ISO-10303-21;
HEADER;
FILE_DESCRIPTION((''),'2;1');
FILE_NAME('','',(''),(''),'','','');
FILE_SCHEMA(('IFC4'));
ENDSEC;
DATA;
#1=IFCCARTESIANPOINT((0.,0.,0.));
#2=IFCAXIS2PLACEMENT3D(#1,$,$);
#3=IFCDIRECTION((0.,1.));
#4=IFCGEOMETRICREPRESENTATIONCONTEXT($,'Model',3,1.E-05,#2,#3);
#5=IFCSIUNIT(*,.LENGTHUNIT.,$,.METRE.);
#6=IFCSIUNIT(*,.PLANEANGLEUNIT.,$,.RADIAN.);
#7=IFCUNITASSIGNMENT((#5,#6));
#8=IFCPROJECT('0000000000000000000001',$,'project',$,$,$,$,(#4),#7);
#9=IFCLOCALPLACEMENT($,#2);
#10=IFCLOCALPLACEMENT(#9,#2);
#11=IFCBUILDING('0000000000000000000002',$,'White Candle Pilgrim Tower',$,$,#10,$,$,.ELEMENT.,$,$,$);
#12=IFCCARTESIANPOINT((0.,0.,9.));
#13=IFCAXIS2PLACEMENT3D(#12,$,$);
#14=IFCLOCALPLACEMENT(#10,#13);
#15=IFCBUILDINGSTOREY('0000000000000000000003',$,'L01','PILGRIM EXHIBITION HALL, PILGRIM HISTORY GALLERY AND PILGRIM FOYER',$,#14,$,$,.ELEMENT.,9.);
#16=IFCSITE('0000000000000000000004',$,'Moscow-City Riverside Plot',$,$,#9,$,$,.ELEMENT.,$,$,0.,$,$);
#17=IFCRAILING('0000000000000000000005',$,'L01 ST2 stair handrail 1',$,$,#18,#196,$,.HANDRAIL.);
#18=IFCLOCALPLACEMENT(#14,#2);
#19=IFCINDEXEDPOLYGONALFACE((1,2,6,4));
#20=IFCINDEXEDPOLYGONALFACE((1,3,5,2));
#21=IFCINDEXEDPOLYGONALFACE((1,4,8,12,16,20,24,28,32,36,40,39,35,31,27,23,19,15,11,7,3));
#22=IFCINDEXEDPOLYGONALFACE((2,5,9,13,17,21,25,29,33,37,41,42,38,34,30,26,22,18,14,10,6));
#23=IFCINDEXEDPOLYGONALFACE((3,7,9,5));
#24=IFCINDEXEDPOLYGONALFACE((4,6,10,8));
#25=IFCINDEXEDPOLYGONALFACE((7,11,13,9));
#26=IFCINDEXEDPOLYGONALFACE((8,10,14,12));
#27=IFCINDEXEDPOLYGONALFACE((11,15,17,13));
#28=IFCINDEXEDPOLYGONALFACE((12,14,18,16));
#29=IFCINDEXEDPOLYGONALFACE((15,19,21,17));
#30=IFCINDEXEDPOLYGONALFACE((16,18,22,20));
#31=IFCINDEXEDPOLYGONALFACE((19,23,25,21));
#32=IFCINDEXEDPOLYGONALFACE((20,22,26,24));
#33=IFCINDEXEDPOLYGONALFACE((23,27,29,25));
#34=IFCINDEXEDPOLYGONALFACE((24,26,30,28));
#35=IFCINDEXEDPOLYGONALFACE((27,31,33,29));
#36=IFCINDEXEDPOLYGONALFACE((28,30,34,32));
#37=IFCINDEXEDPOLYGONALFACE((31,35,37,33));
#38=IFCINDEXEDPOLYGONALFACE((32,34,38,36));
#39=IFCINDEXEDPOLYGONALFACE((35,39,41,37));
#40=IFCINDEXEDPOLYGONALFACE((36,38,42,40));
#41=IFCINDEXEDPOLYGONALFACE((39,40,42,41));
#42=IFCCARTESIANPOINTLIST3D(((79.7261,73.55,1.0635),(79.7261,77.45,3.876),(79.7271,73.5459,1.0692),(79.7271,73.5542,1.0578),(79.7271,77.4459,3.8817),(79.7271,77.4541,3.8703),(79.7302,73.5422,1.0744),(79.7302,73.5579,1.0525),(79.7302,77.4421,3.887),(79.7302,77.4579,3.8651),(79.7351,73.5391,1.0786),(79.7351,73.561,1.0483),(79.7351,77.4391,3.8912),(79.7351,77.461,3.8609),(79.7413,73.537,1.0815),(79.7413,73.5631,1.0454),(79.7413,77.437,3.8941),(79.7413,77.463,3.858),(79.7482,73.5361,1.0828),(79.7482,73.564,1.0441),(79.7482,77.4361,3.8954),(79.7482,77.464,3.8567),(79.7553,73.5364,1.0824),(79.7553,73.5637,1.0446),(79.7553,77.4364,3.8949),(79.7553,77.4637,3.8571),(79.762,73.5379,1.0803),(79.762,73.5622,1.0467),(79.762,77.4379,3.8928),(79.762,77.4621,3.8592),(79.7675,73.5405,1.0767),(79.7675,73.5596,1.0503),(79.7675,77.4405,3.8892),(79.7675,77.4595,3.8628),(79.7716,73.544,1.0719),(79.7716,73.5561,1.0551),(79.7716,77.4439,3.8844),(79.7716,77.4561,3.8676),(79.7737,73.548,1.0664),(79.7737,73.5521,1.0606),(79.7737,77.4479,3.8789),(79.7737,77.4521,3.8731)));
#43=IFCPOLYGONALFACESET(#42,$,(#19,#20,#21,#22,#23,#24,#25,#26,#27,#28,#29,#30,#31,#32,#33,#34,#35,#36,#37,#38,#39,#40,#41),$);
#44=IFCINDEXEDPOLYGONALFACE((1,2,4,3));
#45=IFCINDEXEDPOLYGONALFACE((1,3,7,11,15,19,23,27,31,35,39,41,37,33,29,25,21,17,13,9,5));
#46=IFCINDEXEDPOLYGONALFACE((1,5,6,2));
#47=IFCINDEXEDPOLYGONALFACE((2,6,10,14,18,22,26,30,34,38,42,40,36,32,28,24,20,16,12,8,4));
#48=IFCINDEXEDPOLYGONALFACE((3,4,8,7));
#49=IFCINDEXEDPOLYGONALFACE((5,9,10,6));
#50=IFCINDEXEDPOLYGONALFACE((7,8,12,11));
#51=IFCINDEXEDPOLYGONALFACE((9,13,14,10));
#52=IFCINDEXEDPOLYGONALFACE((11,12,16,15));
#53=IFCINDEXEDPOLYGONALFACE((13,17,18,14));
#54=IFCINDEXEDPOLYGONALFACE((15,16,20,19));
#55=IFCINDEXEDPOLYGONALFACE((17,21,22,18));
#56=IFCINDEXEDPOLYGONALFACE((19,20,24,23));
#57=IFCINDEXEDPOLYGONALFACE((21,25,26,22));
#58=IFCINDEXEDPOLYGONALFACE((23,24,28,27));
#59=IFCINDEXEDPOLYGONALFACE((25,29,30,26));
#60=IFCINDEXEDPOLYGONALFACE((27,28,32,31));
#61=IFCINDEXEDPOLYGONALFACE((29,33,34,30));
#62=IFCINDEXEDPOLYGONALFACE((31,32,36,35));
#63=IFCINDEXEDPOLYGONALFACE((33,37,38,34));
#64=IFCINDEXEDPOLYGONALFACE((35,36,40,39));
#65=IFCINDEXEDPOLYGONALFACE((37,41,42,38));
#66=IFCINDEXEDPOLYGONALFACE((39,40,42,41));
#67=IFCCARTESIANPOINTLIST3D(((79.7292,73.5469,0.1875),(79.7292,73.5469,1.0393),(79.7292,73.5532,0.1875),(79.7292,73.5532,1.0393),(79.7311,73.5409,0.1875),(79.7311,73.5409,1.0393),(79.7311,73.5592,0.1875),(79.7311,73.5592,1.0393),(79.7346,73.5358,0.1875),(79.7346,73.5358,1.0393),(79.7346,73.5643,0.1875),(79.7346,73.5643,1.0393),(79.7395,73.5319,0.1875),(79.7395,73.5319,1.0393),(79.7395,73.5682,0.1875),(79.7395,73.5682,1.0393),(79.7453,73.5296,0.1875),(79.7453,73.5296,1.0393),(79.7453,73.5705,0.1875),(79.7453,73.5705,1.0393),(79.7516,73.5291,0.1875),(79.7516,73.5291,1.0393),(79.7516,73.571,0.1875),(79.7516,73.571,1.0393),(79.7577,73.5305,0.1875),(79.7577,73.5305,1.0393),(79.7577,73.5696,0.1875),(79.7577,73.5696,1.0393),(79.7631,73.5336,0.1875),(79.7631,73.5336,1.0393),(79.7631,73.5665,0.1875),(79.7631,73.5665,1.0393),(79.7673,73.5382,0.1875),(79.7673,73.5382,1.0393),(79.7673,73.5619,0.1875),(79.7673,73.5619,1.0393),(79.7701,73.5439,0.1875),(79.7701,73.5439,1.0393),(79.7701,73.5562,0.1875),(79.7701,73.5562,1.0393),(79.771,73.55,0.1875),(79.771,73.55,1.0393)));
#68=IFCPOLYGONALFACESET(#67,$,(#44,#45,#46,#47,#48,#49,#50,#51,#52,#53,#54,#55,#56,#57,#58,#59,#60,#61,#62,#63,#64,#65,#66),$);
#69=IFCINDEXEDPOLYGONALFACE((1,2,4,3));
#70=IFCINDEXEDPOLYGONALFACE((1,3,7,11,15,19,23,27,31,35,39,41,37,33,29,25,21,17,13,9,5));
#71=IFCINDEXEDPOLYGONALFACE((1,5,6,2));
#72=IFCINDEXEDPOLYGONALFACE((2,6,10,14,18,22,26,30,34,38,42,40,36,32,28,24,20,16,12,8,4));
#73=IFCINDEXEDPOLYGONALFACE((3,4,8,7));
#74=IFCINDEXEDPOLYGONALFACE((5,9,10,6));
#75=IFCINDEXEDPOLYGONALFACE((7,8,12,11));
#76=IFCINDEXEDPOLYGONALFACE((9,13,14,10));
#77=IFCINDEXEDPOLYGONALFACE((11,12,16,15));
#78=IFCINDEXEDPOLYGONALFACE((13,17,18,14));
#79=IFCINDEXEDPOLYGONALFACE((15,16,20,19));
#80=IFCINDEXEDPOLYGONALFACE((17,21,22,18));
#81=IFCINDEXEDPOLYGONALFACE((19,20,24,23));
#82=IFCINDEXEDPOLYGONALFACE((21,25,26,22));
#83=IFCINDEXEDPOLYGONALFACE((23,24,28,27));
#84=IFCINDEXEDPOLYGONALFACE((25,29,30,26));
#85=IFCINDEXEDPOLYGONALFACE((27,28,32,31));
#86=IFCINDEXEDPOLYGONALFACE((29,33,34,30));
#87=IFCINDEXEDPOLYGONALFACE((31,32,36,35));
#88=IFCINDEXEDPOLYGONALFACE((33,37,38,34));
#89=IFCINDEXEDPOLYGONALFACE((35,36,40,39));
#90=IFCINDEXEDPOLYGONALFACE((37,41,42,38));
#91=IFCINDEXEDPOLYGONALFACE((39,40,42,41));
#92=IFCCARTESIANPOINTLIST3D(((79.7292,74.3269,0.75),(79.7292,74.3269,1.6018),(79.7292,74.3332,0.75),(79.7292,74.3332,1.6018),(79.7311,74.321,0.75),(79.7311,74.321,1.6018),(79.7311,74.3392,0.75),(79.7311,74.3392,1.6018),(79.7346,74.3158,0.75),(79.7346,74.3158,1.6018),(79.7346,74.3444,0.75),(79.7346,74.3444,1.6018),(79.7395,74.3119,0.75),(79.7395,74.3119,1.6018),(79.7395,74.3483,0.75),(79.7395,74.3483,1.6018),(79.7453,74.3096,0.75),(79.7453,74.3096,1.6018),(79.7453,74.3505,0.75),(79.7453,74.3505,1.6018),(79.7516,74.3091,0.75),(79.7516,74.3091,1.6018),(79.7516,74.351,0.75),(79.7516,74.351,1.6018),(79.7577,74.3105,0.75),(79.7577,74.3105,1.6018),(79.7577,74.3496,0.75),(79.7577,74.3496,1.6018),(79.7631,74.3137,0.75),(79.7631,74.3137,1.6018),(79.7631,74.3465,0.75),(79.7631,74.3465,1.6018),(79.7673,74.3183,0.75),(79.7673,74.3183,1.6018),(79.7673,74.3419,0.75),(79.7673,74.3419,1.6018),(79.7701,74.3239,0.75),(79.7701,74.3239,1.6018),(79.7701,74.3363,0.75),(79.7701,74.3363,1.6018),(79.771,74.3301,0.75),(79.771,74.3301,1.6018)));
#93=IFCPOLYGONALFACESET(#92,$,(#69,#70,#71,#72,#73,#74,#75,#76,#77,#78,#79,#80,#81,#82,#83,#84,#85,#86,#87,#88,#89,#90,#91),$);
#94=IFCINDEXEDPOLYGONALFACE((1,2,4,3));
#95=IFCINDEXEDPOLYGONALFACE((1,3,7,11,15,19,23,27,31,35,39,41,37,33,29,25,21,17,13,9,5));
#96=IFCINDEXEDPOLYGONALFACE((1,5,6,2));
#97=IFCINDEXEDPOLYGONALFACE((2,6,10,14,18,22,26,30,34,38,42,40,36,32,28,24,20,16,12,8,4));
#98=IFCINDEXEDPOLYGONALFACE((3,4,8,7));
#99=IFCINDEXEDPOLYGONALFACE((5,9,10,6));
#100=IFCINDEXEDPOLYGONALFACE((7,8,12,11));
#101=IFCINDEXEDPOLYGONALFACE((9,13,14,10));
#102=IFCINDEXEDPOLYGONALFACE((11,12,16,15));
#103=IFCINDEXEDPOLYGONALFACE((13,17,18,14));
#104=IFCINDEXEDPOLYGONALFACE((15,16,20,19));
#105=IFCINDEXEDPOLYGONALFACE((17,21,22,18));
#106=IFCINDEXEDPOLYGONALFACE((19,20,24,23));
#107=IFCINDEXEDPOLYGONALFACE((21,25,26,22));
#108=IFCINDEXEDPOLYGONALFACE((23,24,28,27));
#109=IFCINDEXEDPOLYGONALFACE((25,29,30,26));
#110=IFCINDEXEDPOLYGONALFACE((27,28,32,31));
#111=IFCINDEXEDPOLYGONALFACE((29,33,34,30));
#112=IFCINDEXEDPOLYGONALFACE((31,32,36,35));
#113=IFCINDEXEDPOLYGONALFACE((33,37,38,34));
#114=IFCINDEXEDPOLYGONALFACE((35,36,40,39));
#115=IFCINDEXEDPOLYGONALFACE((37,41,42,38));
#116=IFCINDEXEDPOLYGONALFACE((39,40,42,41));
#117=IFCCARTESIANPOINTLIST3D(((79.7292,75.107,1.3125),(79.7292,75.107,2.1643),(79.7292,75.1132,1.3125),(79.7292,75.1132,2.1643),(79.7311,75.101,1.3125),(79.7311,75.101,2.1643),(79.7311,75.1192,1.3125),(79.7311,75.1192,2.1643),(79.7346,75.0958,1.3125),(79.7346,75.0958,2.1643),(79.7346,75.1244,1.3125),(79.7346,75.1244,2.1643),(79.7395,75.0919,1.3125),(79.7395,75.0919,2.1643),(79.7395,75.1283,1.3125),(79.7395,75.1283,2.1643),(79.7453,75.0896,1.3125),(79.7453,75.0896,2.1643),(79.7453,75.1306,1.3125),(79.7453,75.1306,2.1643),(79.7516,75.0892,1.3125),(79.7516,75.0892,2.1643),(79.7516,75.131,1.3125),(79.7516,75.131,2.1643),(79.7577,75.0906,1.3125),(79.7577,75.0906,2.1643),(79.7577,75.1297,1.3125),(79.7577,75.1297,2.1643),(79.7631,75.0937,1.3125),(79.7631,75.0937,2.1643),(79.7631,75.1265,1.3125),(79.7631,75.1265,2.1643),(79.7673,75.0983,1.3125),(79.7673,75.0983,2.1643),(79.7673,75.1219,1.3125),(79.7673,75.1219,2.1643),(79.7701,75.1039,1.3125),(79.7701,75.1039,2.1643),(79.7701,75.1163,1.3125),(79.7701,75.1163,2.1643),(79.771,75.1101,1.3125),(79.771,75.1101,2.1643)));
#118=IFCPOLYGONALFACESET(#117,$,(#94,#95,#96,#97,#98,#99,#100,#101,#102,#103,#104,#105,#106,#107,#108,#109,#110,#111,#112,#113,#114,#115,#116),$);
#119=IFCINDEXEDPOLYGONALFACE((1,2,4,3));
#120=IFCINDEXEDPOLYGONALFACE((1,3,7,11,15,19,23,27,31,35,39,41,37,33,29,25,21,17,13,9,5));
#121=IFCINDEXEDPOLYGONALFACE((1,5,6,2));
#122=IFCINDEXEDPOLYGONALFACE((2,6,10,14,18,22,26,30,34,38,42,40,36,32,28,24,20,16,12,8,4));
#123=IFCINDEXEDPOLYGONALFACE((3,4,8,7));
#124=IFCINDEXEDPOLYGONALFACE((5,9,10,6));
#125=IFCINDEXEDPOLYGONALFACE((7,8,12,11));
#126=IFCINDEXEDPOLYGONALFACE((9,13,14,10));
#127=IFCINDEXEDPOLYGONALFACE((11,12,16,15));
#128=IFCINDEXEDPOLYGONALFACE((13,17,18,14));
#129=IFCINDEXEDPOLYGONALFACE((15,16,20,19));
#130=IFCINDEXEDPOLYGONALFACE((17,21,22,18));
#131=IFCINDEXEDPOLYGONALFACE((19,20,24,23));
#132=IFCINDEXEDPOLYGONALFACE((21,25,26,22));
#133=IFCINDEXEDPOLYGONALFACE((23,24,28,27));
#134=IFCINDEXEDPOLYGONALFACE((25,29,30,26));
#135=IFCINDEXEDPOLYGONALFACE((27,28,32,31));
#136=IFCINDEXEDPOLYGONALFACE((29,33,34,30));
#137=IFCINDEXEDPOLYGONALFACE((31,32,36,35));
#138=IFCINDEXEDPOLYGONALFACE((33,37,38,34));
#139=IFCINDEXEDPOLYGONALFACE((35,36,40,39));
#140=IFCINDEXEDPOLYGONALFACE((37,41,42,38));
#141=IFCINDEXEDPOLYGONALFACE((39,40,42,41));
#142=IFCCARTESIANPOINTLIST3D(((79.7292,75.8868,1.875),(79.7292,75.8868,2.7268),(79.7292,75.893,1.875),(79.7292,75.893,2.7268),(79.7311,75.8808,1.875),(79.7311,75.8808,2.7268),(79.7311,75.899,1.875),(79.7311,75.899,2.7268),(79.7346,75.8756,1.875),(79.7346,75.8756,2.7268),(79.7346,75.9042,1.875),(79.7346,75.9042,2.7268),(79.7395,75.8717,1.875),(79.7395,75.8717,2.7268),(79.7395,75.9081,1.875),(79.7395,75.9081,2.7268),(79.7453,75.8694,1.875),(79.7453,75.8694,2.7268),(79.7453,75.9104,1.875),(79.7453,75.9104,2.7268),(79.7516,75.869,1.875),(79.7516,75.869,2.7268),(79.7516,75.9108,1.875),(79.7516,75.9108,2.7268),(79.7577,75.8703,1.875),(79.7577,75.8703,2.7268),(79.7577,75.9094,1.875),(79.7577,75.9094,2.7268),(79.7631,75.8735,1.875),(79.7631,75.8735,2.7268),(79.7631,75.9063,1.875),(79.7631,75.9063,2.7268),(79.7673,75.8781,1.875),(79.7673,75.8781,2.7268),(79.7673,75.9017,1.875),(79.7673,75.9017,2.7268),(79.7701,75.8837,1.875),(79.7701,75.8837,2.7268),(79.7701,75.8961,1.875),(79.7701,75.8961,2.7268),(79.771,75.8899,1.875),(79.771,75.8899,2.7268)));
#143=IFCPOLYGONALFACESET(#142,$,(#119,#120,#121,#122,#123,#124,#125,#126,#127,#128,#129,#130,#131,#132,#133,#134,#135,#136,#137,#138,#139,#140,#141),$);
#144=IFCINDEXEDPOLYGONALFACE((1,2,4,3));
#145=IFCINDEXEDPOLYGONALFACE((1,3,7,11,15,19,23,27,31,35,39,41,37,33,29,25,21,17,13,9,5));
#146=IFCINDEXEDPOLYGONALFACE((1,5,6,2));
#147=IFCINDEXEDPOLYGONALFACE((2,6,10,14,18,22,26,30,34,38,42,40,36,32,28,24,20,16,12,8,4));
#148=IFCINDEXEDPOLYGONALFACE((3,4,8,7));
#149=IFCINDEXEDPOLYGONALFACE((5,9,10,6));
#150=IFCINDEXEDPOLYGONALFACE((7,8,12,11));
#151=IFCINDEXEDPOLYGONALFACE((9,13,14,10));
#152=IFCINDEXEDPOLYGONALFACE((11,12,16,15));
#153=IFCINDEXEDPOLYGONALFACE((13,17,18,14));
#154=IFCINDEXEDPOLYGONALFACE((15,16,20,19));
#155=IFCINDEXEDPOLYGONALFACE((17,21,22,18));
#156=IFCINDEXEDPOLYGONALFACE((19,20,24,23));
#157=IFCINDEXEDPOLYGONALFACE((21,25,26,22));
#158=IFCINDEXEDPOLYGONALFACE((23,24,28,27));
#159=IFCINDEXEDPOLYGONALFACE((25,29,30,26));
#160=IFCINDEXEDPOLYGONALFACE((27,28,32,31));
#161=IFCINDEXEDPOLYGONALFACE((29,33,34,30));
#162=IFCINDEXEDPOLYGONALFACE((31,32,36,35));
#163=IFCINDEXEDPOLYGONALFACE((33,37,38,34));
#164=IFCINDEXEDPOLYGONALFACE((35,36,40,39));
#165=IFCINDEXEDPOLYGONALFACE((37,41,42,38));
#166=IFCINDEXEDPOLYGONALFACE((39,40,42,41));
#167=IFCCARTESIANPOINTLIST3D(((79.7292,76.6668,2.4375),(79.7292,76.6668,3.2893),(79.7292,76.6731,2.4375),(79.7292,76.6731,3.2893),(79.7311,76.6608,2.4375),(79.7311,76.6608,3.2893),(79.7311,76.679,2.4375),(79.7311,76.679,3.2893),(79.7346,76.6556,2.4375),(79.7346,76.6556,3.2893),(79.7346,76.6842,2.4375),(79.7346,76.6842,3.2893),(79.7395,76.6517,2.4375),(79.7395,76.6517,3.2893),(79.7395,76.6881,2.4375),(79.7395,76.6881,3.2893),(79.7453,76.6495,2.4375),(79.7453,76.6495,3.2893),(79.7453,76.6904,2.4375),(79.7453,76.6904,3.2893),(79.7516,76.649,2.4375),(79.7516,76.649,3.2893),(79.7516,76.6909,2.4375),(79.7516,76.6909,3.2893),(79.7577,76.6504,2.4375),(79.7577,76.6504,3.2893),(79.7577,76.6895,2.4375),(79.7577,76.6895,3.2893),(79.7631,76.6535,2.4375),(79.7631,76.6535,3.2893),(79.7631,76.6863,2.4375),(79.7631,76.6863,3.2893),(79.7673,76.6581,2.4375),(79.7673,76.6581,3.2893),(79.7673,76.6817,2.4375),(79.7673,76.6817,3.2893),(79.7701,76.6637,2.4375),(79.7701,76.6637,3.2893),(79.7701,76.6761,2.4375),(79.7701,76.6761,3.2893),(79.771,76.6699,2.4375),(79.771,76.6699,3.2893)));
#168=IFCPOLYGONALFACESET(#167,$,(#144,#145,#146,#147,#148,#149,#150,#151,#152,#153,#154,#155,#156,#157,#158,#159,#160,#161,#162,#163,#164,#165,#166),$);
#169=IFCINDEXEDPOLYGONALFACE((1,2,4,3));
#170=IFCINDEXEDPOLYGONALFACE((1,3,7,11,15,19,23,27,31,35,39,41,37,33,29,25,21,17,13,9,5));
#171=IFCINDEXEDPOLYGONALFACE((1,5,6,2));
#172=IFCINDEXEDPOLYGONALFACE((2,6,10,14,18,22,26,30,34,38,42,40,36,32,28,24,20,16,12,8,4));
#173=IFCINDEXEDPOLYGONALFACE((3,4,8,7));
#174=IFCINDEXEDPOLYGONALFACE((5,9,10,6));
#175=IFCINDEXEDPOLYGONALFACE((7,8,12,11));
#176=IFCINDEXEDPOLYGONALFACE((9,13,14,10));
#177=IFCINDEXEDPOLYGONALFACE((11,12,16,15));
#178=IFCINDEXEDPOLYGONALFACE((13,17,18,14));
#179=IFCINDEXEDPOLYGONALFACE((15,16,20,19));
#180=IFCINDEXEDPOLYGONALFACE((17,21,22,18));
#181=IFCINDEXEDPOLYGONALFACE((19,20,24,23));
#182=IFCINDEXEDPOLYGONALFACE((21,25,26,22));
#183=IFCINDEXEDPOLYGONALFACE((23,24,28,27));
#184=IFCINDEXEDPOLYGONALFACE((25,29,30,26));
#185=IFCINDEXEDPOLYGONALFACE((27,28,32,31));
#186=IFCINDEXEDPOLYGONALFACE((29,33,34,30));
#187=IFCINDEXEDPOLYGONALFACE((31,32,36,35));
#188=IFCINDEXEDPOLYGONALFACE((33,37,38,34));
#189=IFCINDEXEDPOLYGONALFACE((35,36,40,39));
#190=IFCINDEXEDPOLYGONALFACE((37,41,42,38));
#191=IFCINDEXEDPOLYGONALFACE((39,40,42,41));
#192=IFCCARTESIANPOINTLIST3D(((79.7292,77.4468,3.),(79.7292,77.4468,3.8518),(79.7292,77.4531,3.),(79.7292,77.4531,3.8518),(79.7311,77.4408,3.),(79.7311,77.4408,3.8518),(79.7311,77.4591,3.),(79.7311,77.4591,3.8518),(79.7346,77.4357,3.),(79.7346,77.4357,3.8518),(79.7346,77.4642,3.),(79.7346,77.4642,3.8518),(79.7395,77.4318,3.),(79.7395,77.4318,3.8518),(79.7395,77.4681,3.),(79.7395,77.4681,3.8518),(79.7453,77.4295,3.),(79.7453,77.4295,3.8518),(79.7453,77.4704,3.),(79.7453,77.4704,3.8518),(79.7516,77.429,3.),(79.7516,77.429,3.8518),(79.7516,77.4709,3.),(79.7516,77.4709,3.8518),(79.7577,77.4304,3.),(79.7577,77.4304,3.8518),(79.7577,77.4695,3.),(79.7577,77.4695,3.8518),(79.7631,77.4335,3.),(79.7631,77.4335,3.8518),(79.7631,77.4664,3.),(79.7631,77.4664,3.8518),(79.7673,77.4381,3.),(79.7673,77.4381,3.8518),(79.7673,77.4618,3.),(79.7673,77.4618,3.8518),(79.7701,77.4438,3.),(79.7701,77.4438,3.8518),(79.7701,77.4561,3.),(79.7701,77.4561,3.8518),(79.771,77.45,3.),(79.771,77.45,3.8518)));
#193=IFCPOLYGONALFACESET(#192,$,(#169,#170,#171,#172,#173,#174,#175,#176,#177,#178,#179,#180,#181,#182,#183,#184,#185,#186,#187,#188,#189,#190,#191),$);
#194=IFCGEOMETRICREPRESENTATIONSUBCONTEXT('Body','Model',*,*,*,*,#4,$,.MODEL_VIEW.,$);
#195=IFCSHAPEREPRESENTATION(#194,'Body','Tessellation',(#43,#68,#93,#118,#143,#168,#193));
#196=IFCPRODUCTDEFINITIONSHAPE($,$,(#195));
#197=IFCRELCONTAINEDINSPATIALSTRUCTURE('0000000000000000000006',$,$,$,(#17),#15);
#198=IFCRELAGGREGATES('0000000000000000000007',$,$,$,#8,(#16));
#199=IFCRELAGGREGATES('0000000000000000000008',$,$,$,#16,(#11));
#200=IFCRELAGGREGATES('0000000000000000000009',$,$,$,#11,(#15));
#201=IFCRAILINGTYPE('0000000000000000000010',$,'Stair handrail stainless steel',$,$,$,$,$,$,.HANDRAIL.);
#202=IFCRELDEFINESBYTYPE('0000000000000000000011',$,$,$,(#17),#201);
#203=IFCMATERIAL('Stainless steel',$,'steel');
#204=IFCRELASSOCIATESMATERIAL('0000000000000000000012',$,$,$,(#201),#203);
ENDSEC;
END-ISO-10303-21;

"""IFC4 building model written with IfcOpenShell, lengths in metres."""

from ifc_helpers import new_model, si_unit, direction, frame, origin, origin_2d, place, context, subcontext, project, spatial, circle, extrude, material, type_object, element, save


model = new_model("IFC4")

# Units and contexts
model_context = context("Model", 3, precision=1e-05, world=origin(), true_north=direction((0.0, 1.0)))
body_context = subcontext(model_context, "Body", "Model", "MODEL_VIEW")
ifc_project = project(units=[si_unit("LENGTHUNIT", "METRE"), si_unit("PLANEANGLEUNIT", "RADIAN")], contexts=[model_context])

# Site, building, storey
site_placement = place(None, origin())
site = spatial("IfcSite", under=ifc_project, at=site_placement, Name="Moscow-City Riverside Plot", CompositionType="ELEMENT", RefElevation=0.0)
building_placement = place(site_placement, origin())
building = spatial("IfcBuilding", under=site, at=building_placement, Name="White Candle Pilgrim Tower", CompositionType="ELEMENT")
storey_placement = place(building_placement, frame((0.0, 0.0, 9.0)))
storey = spatial("IfcBuildingStorey", under=building, at=storey_placement, Name="L01", Description="PILGRIM EXHIBITION HALL, PILGRIM HISTORY GALLERY AND PILGRIM FOYER", CompositionType="ELEMENT", Elevation=9.0)

# Railing
ifc_material_1 = material(Name="Stainless steel", Category="steel")
railing_type_1 = type_object("IfcRailingType", Name="Stair handrail stainless steel", PredefinedType="HANDRAIL", material=ifc_material_1)
railing_1_placement = place(storey_placement, frame((79.75, 73.55, 0.1875)))
element("IfcRailing", 1, at=railing_1_placement, inside=storey, type_object=railing_type_1, Name="L01 ST2 stair handrail 1", PredefinedType="HANDRAIL", context=body_context, shape_type="SweptSolid", body=[
    extrude(circle(Radius=0.0239, at=origin_2d()), frame((0.0, 0.0, 0.876), z_axis=(0.0, 0.811083, 0.584931), x_axis=(-1.0, 0.0, 0.0)), (0.0, 0.0, 1.0), 4.8083),
    extrude(circle(Radius=0.021, at=origin_2d()), origin(), (0.0, 0.0, 1.0), 0.8518),
    extrude(circle(Radius=0.021, at=origin_2d()), frame((0.0, 0.78, 0.5625)), (0.0, 0.0, 1.0), 0.8518),
    extrude(circle(Radius=0.021, at=origin_2d()), frame((0.0, 1.5601, 1.125)), (0.0, 0.0, 1.0), 0.8518),
    extrude(circle(Radius=0.021, at=origin_2d()), frame((0.0, 2.3398, 1.6875)), (0.0, 0.0, 1.0), 0.8518),
    extrude(circle(Radius=0.021, at=origin_2d()), frame((0.0, 3.1199, 2.25)), (0.0, 0.0, 1.0), 0.8518),
    extrude(circle(Radius=0.021, at=origin_2d()), frame((0.0, 3.8999, 2.8125)), (0.0, 0.0, 1.0), 0.8518),
])

save(model, "model.ifc")
